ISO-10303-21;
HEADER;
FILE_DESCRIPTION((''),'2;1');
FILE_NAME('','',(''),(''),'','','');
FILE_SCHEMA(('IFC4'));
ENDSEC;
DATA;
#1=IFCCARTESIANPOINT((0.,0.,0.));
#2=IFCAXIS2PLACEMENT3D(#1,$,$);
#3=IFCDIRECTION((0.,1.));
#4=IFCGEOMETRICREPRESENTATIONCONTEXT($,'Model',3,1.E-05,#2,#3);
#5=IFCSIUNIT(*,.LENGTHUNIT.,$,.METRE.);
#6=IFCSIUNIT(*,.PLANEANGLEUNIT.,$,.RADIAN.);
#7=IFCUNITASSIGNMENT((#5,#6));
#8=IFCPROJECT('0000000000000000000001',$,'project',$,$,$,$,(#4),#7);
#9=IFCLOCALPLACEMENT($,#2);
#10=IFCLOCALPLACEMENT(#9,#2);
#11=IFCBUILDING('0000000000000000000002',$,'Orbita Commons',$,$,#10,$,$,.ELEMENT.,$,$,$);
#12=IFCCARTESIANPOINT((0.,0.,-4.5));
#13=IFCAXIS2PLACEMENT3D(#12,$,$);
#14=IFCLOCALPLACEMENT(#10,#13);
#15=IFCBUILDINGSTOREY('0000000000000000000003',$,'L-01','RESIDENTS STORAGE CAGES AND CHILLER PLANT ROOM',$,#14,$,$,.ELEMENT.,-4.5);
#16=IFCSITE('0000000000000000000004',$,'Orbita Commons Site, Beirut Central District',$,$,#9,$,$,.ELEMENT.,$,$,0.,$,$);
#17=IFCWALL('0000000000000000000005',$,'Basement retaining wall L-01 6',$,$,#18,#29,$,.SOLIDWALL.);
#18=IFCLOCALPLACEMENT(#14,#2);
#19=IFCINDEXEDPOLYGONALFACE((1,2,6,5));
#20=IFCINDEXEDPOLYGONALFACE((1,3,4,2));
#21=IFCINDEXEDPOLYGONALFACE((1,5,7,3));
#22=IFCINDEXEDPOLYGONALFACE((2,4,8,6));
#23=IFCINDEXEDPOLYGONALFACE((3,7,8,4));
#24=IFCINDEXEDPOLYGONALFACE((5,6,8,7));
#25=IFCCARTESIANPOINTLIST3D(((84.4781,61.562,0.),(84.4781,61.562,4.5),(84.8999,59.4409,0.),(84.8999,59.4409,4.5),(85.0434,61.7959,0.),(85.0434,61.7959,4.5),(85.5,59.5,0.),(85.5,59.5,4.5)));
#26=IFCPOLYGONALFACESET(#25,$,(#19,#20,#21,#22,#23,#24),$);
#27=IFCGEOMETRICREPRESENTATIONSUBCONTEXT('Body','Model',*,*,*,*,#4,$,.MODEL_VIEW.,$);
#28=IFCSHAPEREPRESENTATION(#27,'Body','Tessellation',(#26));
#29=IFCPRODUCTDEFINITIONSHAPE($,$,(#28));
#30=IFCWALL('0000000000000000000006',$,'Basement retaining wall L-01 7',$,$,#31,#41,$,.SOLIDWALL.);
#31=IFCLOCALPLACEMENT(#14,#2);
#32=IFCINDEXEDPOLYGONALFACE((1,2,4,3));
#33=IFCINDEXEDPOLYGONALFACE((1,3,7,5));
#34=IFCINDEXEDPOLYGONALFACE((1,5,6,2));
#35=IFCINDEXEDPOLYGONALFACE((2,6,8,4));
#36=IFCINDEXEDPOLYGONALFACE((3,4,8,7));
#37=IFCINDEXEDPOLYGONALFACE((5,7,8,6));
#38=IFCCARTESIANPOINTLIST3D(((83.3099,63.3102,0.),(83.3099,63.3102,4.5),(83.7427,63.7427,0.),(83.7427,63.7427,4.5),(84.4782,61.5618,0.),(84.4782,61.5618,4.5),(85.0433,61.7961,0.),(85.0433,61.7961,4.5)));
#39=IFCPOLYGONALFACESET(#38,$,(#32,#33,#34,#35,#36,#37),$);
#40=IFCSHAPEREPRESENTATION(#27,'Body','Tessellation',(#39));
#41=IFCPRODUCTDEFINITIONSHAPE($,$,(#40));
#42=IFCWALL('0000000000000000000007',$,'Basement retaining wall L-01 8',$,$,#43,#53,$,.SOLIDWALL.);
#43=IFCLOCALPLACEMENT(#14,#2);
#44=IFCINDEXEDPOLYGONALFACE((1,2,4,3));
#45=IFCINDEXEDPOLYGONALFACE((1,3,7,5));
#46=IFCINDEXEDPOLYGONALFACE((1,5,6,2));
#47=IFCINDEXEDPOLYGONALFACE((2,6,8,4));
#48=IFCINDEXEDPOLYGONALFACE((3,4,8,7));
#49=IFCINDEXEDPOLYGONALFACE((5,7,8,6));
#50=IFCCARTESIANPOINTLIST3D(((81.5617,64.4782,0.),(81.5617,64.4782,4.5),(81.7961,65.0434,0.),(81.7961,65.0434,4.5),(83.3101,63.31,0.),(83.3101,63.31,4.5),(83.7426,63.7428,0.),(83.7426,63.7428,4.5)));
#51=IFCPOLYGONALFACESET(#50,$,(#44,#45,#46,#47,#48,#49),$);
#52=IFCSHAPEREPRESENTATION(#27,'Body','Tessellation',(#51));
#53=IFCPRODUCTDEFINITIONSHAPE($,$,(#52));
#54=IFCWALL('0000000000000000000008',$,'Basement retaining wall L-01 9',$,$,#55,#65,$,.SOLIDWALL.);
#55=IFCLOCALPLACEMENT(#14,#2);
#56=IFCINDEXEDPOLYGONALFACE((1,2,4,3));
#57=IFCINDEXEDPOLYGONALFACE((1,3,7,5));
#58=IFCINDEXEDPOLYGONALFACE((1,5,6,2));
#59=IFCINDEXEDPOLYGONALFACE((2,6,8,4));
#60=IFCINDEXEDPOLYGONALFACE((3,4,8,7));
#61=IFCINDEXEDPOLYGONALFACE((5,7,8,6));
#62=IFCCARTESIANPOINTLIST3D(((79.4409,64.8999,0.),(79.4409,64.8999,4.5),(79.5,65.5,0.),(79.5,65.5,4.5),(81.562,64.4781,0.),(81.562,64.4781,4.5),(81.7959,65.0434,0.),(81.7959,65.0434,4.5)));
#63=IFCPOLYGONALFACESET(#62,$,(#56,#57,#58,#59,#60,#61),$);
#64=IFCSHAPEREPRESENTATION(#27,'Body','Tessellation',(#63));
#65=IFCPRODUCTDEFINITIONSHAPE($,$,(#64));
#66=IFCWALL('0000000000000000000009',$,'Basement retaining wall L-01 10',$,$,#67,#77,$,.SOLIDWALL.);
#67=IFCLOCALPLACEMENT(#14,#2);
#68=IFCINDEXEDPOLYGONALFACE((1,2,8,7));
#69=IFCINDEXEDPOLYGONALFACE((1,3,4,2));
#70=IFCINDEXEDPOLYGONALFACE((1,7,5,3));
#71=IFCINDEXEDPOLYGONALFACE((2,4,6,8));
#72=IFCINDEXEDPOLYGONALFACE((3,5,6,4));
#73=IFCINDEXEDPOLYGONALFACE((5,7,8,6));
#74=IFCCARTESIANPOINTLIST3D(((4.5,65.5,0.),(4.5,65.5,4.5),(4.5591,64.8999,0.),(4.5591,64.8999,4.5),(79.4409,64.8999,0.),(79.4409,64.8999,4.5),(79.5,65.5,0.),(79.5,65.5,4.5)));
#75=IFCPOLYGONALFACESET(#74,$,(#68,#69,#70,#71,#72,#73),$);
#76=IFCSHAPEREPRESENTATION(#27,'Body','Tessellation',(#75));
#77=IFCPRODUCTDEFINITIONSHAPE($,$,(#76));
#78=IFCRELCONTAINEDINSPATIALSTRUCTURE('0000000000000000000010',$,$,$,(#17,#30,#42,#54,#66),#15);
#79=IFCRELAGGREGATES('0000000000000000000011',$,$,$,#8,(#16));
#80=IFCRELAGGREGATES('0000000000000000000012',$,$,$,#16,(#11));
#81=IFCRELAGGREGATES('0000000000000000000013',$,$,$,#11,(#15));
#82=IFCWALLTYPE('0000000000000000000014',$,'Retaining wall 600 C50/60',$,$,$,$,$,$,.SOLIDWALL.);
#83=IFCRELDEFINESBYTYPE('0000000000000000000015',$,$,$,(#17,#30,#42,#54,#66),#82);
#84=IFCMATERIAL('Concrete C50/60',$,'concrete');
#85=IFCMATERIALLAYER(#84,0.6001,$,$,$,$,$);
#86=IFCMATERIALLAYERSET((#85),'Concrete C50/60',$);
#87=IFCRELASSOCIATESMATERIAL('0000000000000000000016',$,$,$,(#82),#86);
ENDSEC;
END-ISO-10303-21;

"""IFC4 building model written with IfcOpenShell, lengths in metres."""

from ifc_helpers import new_model, si_unit, direction, frame, origin, place, context, subcontext, project, spatial, polyline, outline, extrude, material, layer, layer_set, type_object, element, save


model = new_model("IFC4")

# Units and contexts
model_context = context("Model", 3, precision=1e-05, world=origin(), true_north=direction((0.0, 1.0)))
body_context = subcontext(model_context, "Body", "Model", "MODEL_VIEW")
ifc_project = project(units=[si_unit("LENGTHUNIT", "METRE"), si_unit("PLANEANGLEUNIT", "RADIAN")], contexts=[model_context])

# Site, building, storey
site_placement = place(None, origin())
site = spatial("IfcSite", under=ifc_project, at=site_placement, Name="Orbita Commons Site, Beirut Central District", CompositionType="ELEMENT", RefElevation=0.0)
building_placement = place(site_placement, origin())
building = spatial("IfcBuilding", under=site, at=building_placement, Name="Orbita Commons", CompositionType="ELEMENT")
storey_placement = place(building_placement, frame((0.0, 0.0, -4.5)))
storey = spatial("IfcBuildingStorey", under=building, at=storey_placement, Name="L-01", Description="RESIDENTS STORAGE CAGES AND CHILLER PLANT ROOM", CompositionType="ELEMENT", Elevation=-4.5)

# Walls
ifc_material_1 = material(Name="Concrete C50/60", Category="concrete")
ifc_layer_1 = layer(ifc_material_1, 0.6001)
ifc_layer_set_1 = layer_set([ifc_layer_1], Name="Concrete C50/60")
wall_type_1 = type_object("IfcWallType", Name="Retaining wall 600 C50/60", PredefinedType="SOLIDWALL", material=ifc_layer_set_1)
wall_1_placement = place(storey_placement, frame((85.2, 59.4705, 0.0), z_axis=(0.0, 0.0, 1.0), x_axis=(-0.195053, 0.980793, 0.0)))
element("IfcWall", 1, at=wall_1_placement, inside=storey, type_object=wall_type_1, Name="Basement retaining wall L-01 6", PredefinedType="SOLIDWALL", context=body_context, shape_type="SweptSolid", body=[
    extrude(outline(polyline([(-0.0295, -0.3), (2.3113, -0.3), (2.1921, 0.3), (0.0295, 0.3), (-0.0295, -0.3)])), origin(), (0.0, 0.0, 1.0), 4.5),
])
for number, where, z_axis, x_axis, name in (
    (2, (84.7607, 61.679, 0.0), (0.0, 0.0, 1.0), (-0.555562, 0.831475, 0.0), "Basement retaining wall L-01 7"),
    (3, (83.5264, 63.5264, 0.0), (0.0, 0.0, 1.0), (-0.831475, 0.555562, 0.0), "Basement retaining wall L-01 8"),
):
    element("IfcWall", number, at=place(storey_placement, frame(where, z_axis=z_axis, x_axis=x_axis)), inside=storey, type_object=wall_type_1, Name=name, PredefinedType="SOLIDWALL", context=body_context, shape_type="SweptSolid", body=[
        extrude(outline(polyline([(-0.0596, -0.3), (2.2815, -0.3), (2.1624, 0.3), (0.0596, 0.3), (-0.0596, -0.3)])), origin(), (0.0, 0.0, 1.0), 4.5),
    ])
wall_2_placement = place(storey_placement, frame((81.679, 64.7607, 0.0), z_axis=(0.0, 0.0, 1.0), x_axis=(-0.980793, 0.195053, 0.0)))
element("IfcWall", 4, at=wall_2_placement, inside=storey, type_object=wall_type_1, Name="Basement retaining wall L-01 9", PredefinedType="SOLIDWALL", context=body_context, shape_type="SweptSolid", body=[
    extrude(outline(polyline([(-0.0596, -0.3), (2.2812, -0.3), (2.2222, 0.3), (0.0596, 0.3), (-0.0596, -0.3)])), origin(), (0.0, 0.0, 1.0), 4.5),
])
wall_3_placement = place(storey_placement, frame((79.4705, 65.2, 0.0), z_axis=(0.0, 0.0, 1.0), x_axis=(-1.0, 0.0, 0.0)))
element("IfcWall", 5, at=wall_3_placement, inside=storey, type_object=wall_type_1, Name="Basement retaining wall L-01 10", PredefinedType="SOLIDWALL", context=body_context, shape_type="SweptSolid", body=[
    extrude(outline(polyline([(-0.0295, -0.3), (74.9705, -0.3), (74.9114, 0.3), (0.0295, 0.3), (-0.0295, -0.3)])), origin(), (0.0, 0.0, 1.0), 4.5),
])

save(model, "model.ifc")
